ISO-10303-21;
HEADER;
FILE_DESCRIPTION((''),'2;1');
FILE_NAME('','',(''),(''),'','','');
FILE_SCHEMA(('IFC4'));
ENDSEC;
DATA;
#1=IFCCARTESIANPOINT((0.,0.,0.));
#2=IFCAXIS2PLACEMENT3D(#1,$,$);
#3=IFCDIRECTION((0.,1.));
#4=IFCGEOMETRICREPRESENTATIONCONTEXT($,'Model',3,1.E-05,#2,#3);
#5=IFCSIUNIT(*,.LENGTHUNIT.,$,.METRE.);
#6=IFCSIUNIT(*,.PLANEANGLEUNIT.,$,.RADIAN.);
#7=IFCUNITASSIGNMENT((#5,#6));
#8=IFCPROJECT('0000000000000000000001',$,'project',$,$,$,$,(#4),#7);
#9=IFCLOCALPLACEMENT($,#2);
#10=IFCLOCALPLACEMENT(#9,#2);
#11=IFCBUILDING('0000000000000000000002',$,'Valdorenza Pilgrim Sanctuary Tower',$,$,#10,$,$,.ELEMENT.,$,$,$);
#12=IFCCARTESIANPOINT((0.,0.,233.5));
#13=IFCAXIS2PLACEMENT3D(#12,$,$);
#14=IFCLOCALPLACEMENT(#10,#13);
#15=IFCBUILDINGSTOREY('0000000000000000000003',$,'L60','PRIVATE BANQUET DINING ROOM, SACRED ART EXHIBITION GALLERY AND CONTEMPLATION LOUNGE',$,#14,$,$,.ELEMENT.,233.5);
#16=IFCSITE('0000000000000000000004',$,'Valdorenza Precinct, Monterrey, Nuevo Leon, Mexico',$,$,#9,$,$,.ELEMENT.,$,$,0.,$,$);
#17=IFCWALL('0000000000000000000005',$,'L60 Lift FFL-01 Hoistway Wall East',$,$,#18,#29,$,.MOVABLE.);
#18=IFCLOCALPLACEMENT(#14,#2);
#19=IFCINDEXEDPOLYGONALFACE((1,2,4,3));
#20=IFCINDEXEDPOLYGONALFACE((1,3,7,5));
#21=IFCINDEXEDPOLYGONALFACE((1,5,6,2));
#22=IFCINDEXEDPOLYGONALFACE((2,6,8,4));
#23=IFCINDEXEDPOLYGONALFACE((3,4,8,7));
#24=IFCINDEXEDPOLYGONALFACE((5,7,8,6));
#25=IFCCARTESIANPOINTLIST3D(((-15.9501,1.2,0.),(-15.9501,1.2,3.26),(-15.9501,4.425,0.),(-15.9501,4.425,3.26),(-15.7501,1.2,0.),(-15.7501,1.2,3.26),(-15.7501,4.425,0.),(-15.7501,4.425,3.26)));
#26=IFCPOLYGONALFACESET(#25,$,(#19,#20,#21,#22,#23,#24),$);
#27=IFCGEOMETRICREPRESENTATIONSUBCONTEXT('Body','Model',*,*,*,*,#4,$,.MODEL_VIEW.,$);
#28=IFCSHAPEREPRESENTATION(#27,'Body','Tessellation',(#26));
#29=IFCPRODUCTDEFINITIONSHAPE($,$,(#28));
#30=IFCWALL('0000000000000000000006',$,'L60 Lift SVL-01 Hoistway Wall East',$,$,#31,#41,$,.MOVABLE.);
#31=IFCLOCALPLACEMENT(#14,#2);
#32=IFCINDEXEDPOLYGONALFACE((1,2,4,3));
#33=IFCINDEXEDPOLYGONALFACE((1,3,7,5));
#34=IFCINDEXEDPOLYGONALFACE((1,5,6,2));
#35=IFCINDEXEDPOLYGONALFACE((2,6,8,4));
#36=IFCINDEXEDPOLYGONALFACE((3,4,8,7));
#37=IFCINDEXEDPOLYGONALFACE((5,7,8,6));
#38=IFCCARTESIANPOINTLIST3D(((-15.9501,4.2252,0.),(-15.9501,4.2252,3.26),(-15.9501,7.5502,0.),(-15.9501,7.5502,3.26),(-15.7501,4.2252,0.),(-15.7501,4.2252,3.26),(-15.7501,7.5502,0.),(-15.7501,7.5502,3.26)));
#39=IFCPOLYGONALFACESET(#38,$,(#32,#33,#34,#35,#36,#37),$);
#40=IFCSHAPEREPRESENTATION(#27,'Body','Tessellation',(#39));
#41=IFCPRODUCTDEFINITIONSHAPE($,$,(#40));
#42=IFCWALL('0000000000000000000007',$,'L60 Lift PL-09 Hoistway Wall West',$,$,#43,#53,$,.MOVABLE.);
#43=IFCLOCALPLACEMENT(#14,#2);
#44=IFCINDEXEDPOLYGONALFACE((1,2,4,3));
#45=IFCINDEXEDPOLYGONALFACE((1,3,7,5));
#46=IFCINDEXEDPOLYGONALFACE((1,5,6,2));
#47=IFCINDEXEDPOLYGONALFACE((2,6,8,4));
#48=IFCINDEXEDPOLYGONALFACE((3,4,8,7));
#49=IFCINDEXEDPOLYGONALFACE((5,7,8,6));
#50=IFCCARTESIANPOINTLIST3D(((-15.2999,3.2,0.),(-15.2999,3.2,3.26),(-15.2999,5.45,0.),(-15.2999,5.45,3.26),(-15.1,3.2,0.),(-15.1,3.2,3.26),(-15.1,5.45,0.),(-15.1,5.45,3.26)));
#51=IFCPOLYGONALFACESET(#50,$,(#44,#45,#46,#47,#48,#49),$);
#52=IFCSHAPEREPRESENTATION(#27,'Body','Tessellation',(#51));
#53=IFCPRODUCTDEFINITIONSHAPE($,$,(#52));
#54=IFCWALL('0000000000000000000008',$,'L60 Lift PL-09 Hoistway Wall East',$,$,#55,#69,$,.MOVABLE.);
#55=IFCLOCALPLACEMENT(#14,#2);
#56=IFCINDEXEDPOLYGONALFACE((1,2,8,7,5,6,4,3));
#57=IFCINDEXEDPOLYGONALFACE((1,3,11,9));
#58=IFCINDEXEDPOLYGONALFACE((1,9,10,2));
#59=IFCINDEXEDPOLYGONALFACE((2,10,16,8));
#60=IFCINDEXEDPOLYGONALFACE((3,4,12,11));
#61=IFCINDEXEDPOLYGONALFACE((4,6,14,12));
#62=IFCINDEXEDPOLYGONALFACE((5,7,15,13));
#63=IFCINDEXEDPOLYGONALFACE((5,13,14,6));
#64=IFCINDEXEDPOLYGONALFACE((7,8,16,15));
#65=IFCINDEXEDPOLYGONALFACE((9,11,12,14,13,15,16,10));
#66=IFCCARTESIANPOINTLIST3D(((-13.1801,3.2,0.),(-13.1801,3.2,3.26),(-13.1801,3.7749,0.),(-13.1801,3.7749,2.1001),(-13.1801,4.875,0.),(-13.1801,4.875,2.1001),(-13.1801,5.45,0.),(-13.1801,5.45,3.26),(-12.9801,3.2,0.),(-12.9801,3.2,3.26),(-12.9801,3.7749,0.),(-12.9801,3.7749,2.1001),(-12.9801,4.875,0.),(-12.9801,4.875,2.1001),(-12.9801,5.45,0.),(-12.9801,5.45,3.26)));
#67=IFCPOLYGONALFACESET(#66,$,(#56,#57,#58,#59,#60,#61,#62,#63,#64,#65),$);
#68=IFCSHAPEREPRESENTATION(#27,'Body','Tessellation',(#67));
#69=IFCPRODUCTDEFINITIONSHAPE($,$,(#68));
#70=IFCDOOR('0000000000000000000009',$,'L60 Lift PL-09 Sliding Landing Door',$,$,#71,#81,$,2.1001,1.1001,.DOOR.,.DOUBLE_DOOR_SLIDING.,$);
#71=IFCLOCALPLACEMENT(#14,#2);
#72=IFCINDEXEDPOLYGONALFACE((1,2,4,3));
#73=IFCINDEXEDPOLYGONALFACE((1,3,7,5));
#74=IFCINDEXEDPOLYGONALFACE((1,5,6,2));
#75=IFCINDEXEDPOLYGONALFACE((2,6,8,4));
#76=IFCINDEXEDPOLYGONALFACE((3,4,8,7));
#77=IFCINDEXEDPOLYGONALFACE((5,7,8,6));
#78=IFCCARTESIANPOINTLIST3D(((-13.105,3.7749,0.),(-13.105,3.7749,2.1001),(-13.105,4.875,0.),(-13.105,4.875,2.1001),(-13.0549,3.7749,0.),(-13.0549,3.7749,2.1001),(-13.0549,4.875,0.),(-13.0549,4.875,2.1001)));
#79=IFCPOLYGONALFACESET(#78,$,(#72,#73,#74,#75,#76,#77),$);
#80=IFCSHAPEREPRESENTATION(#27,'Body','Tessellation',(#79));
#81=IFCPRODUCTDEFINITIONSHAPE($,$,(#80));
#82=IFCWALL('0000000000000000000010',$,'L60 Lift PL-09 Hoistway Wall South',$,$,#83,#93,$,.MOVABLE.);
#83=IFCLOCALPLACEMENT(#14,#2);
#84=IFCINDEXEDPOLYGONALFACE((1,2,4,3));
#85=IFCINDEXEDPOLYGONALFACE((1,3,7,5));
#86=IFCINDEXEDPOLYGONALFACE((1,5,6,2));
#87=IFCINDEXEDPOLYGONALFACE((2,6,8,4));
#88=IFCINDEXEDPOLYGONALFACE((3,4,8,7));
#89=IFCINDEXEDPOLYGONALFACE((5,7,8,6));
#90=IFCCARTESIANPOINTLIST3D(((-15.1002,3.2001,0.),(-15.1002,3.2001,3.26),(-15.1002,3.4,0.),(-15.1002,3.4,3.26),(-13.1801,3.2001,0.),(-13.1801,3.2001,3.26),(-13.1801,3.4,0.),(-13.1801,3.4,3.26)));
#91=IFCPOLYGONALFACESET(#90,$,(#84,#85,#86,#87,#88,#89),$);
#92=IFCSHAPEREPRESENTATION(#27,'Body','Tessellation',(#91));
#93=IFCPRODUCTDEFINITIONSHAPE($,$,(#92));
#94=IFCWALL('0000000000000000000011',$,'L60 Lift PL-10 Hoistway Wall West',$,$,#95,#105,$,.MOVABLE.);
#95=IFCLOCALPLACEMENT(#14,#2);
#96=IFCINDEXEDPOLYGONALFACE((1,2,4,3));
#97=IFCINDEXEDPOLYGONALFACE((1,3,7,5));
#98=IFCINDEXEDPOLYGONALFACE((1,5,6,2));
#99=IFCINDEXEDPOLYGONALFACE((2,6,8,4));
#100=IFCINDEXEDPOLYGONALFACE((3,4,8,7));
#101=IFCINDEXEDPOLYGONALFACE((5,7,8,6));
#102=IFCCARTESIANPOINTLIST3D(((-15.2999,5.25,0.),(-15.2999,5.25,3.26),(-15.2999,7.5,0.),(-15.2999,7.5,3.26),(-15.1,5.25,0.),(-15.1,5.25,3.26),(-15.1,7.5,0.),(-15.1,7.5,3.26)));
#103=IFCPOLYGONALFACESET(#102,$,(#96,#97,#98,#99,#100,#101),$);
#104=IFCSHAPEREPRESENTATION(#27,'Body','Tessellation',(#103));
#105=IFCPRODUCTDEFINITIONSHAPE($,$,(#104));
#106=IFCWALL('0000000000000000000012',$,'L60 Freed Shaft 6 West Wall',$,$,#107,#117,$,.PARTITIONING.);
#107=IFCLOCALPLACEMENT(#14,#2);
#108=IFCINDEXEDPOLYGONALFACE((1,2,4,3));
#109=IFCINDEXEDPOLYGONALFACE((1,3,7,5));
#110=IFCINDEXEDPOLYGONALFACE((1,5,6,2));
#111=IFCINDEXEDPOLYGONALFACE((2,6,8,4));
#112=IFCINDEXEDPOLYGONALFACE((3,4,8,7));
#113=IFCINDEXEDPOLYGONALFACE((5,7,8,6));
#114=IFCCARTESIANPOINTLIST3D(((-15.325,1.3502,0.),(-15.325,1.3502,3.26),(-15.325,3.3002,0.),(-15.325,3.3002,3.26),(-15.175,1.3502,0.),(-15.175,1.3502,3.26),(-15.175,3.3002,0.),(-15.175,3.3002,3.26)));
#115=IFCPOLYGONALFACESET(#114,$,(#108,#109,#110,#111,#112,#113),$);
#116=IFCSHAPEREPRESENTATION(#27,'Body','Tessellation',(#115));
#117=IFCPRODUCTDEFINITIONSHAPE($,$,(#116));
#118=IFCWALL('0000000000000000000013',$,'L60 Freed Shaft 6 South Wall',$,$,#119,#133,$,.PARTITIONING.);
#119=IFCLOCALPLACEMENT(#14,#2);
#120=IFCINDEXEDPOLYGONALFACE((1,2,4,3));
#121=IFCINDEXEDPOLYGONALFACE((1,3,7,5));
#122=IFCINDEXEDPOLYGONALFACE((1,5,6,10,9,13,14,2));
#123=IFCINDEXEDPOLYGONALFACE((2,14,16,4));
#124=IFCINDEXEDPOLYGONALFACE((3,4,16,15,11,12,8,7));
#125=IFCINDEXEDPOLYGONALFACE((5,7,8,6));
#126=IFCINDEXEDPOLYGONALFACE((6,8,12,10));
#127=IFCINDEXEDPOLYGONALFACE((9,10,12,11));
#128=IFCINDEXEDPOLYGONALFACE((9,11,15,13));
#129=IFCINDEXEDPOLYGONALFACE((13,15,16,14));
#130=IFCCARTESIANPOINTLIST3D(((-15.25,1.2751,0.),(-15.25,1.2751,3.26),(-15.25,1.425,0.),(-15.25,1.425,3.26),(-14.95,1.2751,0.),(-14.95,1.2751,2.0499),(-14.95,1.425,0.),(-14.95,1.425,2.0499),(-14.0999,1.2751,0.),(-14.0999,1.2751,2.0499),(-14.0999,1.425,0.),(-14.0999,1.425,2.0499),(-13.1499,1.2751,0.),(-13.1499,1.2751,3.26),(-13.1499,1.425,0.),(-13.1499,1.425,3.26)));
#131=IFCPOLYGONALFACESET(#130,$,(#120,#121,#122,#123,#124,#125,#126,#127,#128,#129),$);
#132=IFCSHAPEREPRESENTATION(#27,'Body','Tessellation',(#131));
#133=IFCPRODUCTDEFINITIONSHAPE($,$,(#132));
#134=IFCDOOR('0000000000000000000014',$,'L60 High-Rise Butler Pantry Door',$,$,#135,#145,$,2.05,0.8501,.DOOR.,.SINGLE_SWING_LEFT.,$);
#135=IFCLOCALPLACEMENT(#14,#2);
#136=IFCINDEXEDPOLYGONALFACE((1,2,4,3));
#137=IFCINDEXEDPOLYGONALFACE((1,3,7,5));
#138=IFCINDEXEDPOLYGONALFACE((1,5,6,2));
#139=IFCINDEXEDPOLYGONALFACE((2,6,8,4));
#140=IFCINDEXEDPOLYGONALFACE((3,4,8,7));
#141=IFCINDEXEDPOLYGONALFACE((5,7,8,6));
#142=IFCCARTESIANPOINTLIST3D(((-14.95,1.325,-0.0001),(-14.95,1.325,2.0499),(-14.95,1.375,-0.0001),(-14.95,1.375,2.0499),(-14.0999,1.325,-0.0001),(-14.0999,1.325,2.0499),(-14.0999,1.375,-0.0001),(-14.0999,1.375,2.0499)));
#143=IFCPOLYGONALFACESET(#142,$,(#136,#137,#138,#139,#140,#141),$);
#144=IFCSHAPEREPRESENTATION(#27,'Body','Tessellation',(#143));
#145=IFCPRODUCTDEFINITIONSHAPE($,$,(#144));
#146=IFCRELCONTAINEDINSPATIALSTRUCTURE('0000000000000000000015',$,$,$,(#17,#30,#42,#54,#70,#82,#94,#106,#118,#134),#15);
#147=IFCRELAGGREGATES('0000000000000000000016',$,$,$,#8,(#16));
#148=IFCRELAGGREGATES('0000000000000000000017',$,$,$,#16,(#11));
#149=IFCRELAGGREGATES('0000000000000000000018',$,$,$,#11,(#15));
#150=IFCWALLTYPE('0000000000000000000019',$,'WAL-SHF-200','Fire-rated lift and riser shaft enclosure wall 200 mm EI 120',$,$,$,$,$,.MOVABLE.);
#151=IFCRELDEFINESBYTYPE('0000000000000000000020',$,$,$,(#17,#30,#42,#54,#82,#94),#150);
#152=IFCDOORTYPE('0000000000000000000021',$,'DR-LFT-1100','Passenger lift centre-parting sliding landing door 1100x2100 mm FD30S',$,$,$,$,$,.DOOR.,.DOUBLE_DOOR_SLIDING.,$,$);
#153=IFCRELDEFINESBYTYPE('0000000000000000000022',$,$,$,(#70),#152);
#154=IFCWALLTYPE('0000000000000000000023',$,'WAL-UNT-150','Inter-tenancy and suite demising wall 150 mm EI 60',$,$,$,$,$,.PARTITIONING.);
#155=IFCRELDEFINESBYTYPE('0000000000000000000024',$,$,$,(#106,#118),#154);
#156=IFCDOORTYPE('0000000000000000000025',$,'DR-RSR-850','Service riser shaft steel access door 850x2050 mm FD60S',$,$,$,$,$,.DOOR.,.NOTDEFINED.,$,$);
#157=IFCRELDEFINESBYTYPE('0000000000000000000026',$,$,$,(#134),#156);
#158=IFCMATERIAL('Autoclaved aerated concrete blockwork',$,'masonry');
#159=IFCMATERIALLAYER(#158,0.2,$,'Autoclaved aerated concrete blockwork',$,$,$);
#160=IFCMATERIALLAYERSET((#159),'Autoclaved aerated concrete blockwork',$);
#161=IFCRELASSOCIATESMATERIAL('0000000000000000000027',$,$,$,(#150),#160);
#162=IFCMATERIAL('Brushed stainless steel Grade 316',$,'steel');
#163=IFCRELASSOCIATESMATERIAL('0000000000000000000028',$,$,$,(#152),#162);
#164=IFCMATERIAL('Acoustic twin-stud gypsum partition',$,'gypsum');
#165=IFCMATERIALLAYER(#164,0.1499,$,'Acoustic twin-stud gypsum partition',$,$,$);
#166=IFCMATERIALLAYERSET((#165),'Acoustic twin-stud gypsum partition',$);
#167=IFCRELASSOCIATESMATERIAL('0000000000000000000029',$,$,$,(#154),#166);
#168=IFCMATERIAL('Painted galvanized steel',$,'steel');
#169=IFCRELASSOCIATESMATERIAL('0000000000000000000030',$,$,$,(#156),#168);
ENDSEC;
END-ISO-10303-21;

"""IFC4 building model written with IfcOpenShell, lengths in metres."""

from ifc_helpers import new_model, si_unit, direction, frame, frame_2d, origin, place, context, subcontext, project, spatial, rectangle, extrude, material, layer, layer_set, type_object, element, fill, save


model = new_model("IFC4")

# Units and contexts
model_context = context("Model", 3, precision=1e-05, world=origin(), true_north=direction((0.0, 1.0)))
body_context = subcontext(model_context, "Body", "Model", "MODEL_VIEW")
ifc_project = project(units=[si_unit("LENGTHUNIT", "METRE"), si_unit("PLANEANGLEUNIT", "RADIAN")], contexts=[model_context])

# Site, building, storey
site_placement = place(None, origin())
site = spatial("IfcSite", under=ifc_project, at=site_placement, Name="Valdorenza Precinct, Monterrey, Nuevo Leon, Mexico", CompositionType="ELEMENT", RefElevation=0.0)
building_placement = place(site_placement, origin())
building = spatial("IfcBuilding", under=site, at=building_placement, Name="Valdorenza Pilgrim Sanctuary Tower", CompositionType="ELEMENT")
storey_placement = place(building_placement, frame((0.0, 0.0, 233.5)))
storey = spatial("IfcBuildingStorey", under=building, at=storey_placement, Name="L60", Description="PRIVATE BANQUET DINING ROOM, SACRED ART EXHIBITION GALLERY AND CONTEMPLATION LOUNGE", CompositionType="ELEMENT", Elevation=233.5)

# Shared definitions
ifc_material_1 = material(Name="Acoustic twin-stud gypsum partition", Category="gypsum")

# Walls
ifc_material_2 = material(Name="Autoclaved aerated concrete blockwork", Category="masonry")
ifc_layer_1 = layer(ifc_material_2, 0.2, Name="Autoclaved aerated concrete blockwork")
ifc_layer_set_1 = layer_set([ifc_layer_1], Name="Autoclaved aerated concrete blockwork")
wall_type_1 = type_object("IfcWallType", Name="WAL-SHF-200", Description="Fire-rated lift and riser shaft enclosure wall 200 mm EI 120", PredefinedType="MOVABLE", material=ifc_layer_set_1)
wall_1_placement = place(storey_placement, frame((-15.8501, 1.2, 0.0), z_axis=(0.0, 0.0, 1.0), x_axis=(0.0, 1.0, 0.0)))
element("IfcWall", 1, at=wall_1_placement, inside=storey, type_object=wall_type_1, Name="L60 Lift FFL-01 Hoistway Wall East", PredefinedType="MOVABLE", context=body_context, shape_type="SweptSolid", body=[
    extrude(rectangle(XDim=3.2251, YDim=0.2, at=frame_2d((1.6125, 0.0))), origin(), (0.0, 0.0, 1.0), 3.26),
])
wall_2_placement = place(storey_placement, frame((-15.8501, 4.2251, 0.0), z_axis=(0.0, 0.0, 1.0), x_axis=(0.0, 1.0, 0.0)))
element("IfcWall", 2, at=wall_2_placement, inside=storey, type_object=wall_type_1, Name="L60 Lift SVL-01 Hoistway Wall East", PredefinedType="MOVABLE", context=body_context, shape_type="SweptSolid", body=[
    extrude(rectangle(XDim=3.325, YDim=0.2, at=frame_2d((1.6626, 0.0))), origin(), (0.0, 0.0, 1.0), 3.26),
])
wall_3_placement = place(storey_placement, frame((-15.2, 3.2, 0.0), z_axis=(0.0, 0.0, 1.0), x_axis=(0.0, 1.0, 0.0)))
element("IfcWall", 3, at=wall_3_placement, inside=storey, type_object=wall_type_1, Name="L60 Lift PL-09 Hoistway Wall West", PredefinedType="MOVABLE", context=body_context, shape_type="SweptSolid", body=[
    extrude(rectangle(XDim=2.25, YDim=0.2, at=frame_2d((1.125, 0.0))), origin(), (0.0, 0.0, 1.0), 3.26),
])

# Wall, opening, door
wall_4_placement = place(storey_placement, frame((-13.0801, 3.2, 0.0), z_axis=(0.0, 0.0, 1.0), x_axis=(0.0, 1.0, 0.0)))
wall_4 = element("IfcWall", 4, at=wall_4_placement, inside=storey, type_object=wall_type_1, Name="L60 Lift PL-09 Hoistway Wall East", PredefinedType="MOVABLE", context=body_context, shape_type="SweptSolid", body=[
    extrude(rectangle(XDim=2.25, YDim=0.2, at=frame_2d((1.125, 0.0))), origin(), (0.0, 0.0, 1.0), 3.26),
])
opening_1_placement = place(wall_4_placement, frame((0.575, 0.0, 0.0)))
opening_1 = element("IfcOpeningElement", 5, at=opening_1_placement, cuts=wall_4, PredefinedType="OPENING", context=body_context, shape_type="SweptSolid", body=[
    extrude(rectangle(XDim=1.1001, YDim=2.1001, at=frame_2d((0.55, 1.05))), frame((0.0, 0.1147, 0.0), z_axis=(0.0, -1.0, 0.0), x_axis=(1.0, 0.0, 0.0)), (0.0, 0.0, 1.0), 0.2297),
])
ifc_material_3 = material(Name="Brushed stainless steel Grade 316", Category="steel")
door_type_1 = type_object("IfcDoorType", Name="DR-LFT-1100", Description="Passenger lift centre-parting sliding landing door 1100x2100 mm FD30S", OperationType="DOUBLE_DOOR_SLIDING", PredefinedType="DOOR", material=ifc_material_3)
door_1_placement = place(opening_1_placement, origin())
door_1 = element("IfcDoor", 6, at=door_1_placement, inside=storey, type_object=door_type_1, Name="L60 Lift PL-09 Sliding Landing Door", OperationType="DOUBLE_DOOR_SLIDING", OverallHeight=2.1001, OverallWidth=1.1001, PredefinedType="DOOR", context=body_context, shape_type="SweptSolid", body=[
    extrude(rectangle(XDim=1.1001, YDim=2.1001, at=frame_2d((0.55, 1.05))), frame((0.0, 0.0249, 0.0), z_axis=(0.0, -1.0, 0.0), x_axis=(1.0, 0.0, 0.0)), (0.0, 0.0, 1.0), 0.05),
])
fill(opening_1, door_1)

# Walls
wall_5_placement = place(storey_placement, frame((-15.1001, 3.3, 0.0), z_axis=(0.0, 0.0, 1.0), x_axis=(1.0, 0.0, 0.0)))
element("IfcWall", 7, at=wall_5_placement, inside=storey, type_object=wall_type_1, Name="L60 Lift PL-09 Hoistway Wall South", PredefinedType="MOVABLE", context=body_context, shape_type="SweptSolid", body=[
    extrude(rectangle(XDim=1.9202, YDim=0.2, at=frame_2d((0.96, 0.0))), origin(), (0.0, 0.0, 1.0), 3.26),
])
wall_6_placement = place(storey_placement, frame((-15.2, 5.25, 0.0), z_axis=(0.0, 0.0, 1.0), x_axis=(0.0, 1.0, 0.0)))
element("IfcWall", 8, at=wall_6_placement, inside=storey, type_object=wall_type_1, Name="L60 Lift PL-10 Hoistway Wall West", PredefinedType="MOVABLE", context=body_context, shape_type="SweptSolid", body=[
    extrude(rectangle(XDim=2.25, YDim=0.2, at=frame_2d((1.125, 0.0))), origin(), (0.0, 0.0, 1.0), 3.26),
])
ifc_layer_2 = layer(ifc_material_1, 0.1499, Name="Acoustic twin-stud gypsum partition")
ifc_layer_set_2 = layer_set([ifc_layer_2], Name="Acoustic twin-stud gypsum partition")
wall_type_2 = type_object("IfcWallType", Name="WAL-UNT-150", Description="Inter-tenancy and suite demising wall 150 mm EI 60", PredefinedType="PARTITIONING", material=ifc_layer_set_2)
wall_7_placement = place(storey_placement, frame((-15.25, 1.3501, 0.0), z_axis=(0.0, 0.0, 1.0), x_axis=(0.0, 1.0, 0.0)))
element("IfcWall", 9, at=wall_7_placement, inside=storey, type_object=wall_type_2, Name="L60 Freed Shaft 6 West Wall", PredefinedType="PARTITIONING", context=body_context, shape_type="SweptSolid", body=[
    extrude(rectangle(XDim=1.95, YDim=0.1499, at=frame_2d((0.9751, 0.0))), origin(), (0.0, 0.0, 1.0), 3.26),
])

# Wall, opening, door
wall_8_placement = place(storey_placement, frame((-15.25, 1.3501, 0.0), z_axis=(0.0, 0.0, 1.0), x_axis=(1.0, 0.0, 0.0)))
wall_8 = element("IfcWall", 10, at=wall_8_placement, inside=storey, type_object=wall_type_2, Name="L60 Freed Shaft 6 South Wall", PredefinedType="PARTITIONING", context=body_context, shape_type="SweptSolid", body=[
    extrude(rectangle(XDim=2.1001, YDim=0.1499, at=frame_2d((1.05, 0.0))), origin(), (0.0, 0.0, 1.0), 3.26),
])
opening_2_placement = place(wall_8_placement, frame((0.3, 0.0, 0.0)))
opening_2 = element("IfcOpeningElement", 11, at=opening_2_placement, cuts=wall_8, PredefinedType="OPENING", context=body_context, shape_type="SweptSolid", body=[
    extrude(rectangle(XDim=0.8501, YDim=2.05, at=frame_2d((0.425, 1.0249))), frame((0.0, 0.0898, 0.0), z_axis=(0.0, -1.0, 0.0), x_axis=(1.0, 0.0, 0.0)), (0.0, 0.0, 1.0), 0.1797),
])
ifc_material_4 = material(Name="Painted galvanized steel", Category="steel")
door_type_2 = type_object("IfcDoorType", Name="DR-RSR-850", Description="Service riser shaft steel access door 850x2050 mm FD60S", OperationType="NOTDEFINED", PredefinedType="DOOR", material=ifc_material_4)
door_2_placement = place(opening_2_placement, origin())
door_2 = element("IfcDoor", 12, at=door_2_placement, inside=storey, type_object=door_type_2, Name="L60 High-Rise Butler Pantry Door", OperationType="SINGLE_SWING_LEFT", OverallHeight=2.05, OverallWidth=0.8501, PredefinedType="DOOR", context=body_context, shape_type="SweptSolid", body=[
    extrude(rectangle(XDim=0.8501, YDim=2.05, at=frame_2d((0.425, 1.0249))), frame((0.0, 0.0249, 0.0), z_axis=(0.0, -1.0, 0.0), x_axis=(1.0, 0.0, 0.0)), (0.0, 0.0, 1.0), 0.05),
])
fill(opening_2, door_2)

save(model, "model.ifc")
